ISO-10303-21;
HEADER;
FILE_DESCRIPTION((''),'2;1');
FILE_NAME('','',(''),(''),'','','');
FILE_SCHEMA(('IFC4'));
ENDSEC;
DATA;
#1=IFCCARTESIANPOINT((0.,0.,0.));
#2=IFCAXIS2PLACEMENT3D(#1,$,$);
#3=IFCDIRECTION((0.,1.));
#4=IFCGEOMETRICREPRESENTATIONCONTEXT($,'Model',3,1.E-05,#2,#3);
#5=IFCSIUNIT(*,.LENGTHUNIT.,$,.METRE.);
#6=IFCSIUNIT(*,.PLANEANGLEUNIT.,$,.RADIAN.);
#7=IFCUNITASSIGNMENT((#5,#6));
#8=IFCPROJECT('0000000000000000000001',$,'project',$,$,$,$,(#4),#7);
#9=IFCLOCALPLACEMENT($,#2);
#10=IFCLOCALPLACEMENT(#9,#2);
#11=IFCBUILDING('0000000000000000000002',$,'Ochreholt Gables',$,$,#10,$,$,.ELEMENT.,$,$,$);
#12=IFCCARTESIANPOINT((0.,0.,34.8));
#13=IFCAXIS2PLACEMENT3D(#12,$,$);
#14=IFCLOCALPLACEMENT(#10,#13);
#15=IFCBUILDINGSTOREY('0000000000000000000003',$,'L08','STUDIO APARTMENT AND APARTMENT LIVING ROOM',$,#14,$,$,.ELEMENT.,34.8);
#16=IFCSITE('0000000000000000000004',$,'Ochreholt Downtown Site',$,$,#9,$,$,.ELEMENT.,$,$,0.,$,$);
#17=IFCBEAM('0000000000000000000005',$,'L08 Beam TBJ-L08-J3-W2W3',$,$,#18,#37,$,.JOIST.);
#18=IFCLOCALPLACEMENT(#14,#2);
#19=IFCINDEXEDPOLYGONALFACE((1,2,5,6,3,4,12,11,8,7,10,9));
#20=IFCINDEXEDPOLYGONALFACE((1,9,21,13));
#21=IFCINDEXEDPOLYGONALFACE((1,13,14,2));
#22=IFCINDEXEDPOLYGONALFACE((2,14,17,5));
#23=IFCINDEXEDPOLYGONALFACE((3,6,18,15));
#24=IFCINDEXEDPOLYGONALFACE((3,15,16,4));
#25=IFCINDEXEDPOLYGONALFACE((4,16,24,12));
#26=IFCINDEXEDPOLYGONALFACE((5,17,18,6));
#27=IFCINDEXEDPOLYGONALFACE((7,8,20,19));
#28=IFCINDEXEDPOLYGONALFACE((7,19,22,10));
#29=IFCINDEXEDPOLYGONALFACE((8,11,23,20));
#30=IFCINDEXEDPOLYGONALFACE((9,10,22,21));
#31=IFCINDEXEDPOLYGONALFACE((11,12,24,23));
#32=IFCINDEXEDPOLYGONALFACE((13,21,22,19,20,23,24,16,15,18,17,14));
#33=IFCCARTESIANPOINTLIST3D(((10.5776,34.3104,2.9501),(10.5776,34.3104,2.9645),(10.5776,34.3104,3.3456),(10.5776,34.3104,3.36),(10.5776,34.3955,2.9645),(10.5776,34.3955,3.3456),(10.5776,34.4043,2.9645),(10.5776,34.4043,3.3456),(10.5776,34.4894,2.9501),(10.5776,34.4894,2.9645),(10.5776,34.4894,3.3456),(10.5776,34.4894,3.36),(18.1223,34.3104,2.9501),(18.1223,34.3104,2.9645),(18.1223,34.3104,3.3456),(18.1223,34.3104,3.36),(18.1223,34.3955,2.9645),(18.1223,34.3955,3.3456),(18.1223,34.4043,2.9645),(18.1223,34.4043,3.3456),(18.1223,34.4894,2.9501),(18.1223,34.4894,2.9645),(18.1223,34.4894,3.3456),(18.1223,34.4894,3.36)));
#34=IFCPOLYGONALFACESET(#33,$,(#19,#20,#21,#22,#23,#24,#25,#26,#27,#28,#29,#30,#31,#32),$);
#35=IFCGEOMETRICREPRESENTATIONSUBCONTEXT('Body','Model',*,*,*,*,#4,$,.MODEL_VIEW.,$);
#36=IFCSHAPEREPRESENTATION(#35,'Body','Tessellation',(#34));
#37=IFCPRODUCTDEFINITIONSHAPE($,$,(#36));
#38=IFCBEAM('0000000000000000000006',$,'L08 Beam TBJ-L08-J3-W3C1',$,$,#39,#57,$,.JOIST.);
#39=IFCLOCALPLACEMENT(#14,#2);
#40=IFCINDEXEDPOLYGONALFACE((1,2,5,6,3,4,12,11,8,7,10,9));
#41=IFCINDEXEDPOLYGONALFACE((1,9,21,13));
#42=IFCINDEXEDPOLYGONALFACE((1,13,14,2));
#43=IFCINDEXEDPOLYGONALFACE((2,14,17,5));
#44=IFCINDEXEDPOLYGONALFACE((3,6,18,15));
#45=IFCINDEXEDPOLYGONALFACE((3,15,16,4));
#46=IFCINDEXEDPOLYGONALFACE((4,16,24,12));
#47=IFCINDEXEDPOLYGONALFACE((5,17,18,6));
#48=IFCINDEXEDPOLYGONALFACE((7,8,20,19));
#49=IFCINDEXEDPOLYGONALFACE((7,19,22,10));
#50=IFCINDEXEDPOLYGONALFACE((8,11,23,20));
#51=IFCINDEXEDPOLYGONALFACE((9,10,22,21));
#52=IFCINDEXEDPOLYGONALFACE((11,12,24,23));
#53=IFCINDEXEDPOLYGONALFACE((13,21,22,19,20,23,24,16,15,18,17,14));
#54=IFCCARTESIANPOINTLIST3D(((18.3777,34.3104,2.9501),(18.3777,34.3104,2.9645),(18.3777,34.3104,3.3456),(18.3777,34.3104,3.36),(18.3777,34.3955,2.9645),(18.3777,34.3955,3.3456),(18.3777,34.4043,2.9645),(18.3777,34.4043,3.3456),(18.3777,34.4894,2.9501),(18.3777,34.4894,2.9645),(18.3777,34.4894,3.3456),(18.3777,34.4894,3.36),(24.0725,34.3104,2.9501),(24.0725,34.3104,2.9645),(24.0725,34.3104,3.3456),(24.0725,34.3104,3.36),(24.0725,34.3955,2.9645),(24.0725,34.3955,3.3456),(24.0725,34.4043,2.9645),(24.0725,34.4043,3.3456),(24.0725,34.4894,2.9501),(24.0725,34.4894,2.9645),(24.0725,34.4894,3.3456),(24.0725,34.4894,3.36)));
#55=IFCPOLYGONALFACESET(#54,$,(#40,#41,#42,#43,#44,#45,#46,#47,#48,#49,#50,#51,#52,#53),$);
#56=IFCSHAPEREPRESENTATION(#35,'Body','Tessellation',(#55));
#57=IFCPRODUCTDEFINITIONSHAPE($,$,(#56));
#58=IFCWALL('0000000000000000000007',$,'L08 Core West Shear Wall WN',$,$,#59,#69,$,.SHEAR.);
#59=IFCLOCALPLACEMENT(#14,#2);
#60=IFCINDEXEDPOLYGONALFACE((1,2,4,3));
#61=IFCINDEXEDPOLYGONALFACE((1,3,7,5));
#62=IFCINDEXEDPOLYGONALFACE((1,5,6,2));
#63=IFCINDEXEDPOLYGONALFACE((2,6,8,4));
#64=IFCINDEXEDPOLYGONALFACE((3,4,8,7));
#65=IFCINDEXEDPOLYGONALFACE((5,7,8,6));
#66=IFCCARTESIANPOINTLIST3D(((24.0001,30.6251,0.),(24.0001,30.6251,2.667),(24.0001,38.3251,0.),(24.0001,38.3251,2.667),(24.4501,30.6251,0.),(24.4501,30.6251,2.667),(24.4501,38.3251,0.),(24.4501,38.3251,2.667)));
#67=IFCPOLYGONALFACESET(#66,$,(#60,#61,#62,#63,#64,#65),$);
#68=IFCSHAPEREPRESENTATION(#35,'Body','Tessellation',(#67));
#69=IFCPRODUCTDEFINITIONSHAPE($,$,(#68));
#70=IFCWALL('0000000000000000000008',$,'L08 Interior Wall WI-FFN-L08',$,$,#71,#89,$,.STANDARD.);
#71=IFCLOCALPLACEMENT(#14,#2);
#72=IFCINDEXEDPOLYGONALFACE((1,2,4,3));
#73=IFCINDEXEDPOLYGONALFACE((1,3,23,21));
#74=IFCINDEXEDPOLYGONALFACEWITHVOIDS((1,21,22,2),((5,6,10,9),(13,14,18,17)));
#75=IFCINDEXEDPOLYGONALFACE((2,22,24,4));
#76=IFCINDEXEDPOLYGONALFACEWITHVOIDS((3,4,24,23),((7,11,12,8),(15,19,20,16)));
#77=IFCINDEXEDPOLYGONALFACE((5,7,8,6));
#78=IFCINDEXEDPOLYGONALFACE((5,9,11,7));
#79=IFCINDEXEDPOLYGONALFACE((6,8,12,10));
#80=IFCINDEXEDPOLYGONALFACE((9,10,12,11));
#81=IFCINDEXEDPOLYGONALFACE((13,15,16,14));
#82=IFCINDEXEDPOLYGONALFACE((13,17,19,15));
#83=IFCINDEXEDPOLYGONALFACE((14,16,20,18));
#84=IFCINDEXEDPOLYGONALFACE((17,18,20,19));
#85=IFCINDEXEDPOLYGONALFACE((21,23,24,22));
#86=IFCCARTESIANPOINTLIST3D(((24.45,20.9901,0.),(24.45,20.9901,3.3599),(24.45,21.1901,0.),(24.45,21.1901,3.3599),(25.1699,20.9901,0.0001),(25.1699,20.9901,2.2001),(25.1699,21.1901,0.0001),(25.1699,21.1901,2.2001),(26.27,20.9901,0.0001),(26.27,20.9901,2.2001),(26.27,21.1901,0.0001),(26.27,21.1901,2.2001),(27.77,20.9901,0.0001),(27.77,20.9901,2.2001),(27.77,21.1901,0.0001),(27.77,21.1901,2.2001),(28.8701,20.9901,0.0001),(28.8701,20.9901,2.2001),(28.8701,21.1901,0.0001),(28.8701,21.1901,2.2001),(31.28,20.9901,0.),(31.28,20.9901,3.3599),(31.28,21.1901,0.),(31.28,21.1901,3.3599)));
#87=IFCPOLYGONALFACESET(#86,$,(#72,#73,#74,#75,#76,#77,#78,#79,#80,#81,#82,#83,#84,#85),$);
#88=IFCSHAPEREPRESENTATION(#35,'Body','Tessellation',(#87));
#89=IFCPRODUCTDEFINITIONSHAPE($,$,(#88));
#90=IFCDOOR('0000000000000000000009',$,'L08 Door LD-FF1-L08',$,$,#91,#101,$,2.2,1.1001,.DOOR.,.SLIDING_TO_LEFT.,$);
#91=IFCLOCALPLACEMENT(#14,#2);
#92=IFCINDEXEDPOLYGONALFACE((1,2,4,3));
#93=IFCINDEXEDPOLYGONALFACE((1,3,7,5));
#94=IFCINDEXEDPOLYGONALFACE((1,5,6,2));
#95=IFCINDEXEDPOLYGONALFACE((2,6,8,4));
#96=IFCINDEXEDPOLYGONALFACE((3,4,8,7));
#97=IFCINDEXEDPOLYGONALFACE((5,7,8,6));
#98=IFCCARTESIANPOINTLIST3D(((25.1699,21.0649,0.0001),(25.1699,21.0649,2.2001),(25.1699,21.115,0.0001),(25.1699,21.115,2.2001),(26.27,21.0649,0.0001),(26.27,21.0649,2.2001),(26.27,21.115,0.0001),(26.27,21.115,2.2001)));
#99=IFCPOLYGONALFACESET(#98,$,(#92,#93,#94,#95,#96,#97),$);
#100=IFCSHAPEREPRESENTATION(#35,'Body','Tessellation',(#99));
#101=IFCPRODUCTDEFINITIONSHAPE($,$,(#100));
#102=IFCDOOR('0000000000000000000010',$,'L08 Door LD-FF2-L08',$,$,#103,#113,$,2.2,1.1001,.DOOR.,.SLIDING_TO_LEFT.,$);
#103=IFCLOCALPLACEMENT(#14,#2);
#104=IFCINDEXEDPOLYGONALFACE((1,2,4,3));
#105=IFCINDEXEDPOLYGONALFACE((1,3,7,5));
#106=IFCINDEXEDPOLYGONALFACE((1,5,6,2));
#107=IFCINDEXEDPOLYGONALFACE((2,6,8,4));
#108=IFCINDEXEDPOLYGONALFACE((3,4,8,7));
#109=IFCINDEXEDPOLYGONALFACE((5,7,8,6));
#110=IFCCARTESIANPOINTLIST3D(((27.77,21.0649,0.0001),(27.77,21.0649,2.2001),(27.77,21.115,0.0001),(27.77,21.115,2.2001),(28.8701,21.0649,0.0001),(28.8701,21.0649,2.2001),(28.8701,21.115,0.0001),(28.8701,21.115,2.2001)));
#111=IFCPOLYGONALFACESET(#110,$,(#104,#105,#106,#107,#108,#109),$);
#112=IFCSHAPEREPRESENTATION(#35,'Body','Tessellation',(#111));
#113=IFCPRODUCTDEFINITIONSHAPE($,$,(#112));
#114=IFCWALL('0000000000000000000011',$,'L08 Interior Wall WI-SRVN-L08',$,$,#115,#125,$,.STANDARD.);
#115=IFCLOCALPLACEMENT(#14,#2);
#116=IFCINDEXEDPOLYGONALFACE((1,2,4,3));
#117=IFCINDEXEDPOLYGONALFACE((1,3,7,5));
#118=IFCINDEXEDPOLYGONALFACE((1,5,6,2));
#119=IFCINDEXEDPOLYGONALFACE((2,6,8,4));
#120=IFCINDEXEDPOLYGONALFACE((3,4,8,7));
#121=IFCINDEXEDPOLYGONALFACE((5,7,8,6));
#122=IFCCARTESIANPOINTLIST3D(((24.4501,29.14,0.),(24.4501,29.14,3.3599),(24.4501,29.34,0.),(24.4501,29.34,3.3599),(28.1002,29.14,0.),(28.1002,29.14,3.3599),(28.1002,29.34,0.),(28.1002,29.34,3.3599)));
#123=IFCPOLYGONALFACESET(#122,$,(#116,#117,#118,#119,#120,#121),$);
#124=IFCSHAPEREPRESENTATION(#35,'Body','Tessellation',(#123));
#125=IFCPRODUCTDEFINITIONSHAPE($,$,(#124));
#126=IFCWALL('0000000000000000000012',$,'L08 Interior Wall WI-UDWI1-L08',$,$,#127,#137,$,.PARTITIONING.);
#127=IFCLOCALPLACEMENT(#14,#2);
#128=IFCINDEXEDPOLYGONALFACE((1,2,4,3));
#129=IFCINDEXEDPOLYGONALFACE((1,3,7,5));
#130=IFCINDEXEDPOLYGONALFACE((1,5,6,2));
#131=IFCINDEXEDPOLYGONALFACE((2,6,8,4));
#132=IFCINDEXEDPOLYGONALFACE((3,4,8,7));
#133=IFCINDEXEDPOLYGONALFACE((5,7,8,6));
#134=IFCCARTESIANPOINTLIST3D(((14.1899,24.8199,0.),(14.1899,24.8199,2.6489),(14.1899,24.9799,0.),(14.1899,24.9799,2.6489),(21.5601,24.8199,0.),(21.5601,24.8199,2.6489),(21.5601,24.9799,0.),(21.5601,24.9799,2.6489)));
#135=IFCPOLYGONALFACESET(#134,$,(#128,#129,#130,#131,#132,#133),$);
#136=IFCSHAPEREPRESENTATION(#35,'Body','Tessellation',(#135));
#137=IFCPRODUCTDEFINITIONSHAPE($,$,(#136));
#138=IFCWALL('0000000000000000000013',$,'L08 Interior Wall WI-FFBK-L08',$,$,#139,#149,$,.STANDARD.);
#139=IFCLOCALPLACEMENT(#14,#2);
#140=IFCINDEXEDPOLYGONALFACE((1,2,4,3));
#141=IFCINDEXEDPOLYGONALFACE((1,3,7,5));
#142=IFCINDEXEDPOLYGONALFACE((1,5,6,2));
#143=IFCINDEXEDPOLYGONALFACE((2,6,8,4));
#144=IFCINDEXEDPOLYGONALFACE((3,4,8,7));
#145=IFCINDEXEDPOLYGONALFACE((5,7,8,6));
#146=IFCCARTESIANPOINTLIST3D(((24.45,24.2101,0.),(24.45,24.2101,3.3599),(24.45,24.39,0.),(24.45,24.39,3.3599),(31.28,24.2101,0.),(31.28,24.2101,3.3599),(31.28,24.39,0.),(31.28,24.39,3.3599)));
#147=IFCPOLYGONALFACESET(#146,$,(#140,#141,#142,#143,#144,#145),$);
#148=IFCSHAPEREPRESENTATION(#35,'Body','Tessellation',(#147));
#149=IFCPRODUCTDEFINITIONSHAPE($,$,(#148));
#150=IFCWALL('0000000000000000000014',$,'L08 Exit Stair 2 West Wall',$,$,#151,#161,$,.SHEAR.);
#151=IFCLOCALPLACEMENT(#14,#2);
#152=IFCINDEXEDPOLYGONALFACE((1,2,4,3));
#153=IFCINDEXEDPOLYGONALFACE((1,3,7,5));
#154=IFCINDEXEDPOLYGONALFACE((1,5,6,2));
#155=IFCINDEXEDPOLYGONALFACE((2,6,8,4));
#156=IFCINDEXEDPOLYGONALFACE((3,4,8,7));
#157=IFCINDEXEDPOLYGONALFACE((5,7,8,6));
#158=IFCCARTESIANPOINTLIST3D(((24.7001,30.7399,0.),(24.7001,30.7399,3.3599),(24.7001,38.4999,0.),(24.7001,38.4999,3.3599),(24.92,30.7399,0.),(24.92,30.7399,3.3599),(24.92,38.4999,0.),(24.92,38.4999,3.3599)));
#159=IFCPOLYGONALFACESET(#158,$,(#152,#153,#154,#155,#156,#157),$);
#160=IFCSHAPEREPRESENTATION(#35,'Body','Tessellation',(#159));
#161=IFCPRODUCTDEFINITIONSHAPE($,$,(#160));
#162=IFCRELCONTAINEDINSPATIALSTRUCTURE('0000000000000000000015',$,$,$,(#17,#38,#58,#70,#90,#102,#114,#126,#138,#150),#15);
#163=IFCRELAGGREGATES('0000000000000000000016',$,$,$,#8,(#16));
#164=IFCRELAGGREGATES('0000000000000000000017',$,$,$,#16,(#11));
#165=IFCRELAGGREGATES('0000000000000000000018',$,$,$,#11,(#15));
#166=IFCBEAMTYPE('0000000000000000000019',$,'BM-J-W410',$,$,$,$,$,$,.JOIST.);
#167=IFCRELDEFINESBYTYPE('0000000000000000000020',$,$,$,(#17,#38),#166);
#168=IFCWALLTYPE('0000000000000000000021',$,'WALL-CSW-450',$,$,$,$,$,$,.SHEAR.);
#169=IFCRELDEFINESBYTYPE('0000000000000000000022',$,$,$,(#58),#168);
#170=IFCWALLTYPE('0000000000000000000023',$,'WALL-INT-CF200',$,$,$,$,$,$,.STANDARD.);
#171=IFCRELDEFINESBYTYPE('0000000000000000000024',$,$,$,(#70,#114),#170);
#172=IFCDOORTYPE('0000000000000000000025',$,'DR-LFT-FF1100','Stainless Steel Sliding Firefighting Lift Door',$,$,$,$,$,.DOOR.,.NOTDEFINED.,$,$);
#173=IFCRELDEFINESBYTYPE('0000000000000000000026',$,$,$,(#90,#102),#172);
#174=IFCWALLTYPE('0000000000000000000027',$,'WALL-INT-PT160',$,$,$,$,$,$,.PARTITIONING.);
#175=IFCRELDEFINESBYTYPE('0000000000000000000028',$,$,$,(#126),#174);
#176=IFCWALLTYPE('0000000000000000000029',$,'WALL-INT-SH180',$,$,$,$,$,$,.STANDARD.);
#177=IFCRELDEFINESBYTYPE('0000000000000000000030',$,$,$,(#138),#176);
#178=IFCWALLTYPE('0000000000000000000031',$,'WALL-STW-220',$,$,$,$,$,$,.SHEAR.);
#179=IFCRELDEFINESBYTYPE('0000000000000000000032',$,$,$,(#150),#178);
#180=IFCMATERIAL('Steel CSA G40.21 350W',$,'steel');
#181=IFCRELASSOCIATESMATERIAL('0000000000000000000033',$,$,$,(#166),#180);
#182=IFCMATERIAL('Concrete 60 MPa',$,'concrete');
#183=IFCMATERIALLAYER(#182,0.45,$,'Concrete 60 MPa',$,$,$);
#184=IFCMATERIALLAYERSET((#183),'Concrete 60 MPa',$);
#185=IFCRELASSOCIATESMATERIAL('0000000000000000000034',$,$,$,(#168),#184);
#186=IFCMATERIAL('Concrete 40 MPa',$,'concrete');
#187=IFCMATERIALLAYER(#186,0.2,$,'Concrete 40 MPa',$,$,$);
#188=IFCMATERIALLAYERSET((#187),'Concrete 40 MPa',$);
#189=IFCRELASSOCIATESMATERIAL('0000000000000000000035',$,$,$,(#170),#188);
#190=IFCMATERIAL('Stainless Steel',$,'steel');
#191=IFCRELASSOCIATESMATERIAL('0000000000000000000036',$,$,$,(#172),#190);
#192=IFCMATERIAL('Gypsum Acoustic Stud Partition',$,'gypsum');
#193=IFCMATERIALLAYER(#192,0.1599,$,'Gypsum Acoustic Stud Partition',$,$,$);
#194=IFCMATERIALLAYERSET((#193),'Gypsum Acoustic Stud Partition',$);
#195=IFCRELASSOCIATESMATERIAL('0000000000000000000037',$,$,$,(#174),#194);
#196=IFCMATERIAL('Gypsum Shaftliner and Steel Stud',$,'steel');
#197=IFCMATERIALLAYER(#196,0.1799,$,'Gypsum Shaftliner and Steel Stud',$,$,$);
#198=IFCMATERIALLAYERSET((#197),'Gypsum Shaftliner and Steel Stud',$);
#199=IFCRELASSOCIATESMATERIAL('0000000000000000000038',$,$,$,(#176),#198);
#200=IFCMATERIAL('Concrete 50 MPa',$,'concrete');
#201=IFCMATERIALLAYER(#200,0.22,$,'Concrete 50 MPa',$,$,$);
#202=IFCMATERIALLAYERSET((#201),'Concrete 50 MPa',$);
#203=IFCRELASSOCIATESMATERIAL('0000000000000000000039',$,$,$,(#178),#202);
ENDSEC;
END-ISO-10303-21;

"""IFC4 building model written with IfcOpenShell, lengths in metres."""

from ifc_helpers import new_model, si_unit, direction, frame, frame_2d, origin, origin_2d, place, context, subcontext, project, spatial, rectangle, i_section, extrude, material, layer, layer_set, material_profile, profile_set, type_object, element, fill, save


model = new_model("IFC4")

# Units and contexts
model_context = context("Model", 3, precision=1e-05, world=origin(), true_north=direction((0.0, 1.0)))
body_context = subcontext(model_context, "Body", "Model", "MODEL_VIEW")
ifc_project = project(units=[si_unit("LENGTHUNIT", "METRE"), si_unit("PLANEANGLEUNIT", "RADIAN")], contexts=[model_context])

# Site, building, storey
site_placement = place(None, origin())
site = spatial("IfcSite", under=ifc_project, at=site_placement, Name="Ochreholt Downtown Site", CompositionType="ELEMENT", RefElevation=0.0)
building_placement = place(site_placement, origin())
building = spatial("IfcBuilding", under=site, at=building_placement, Name="Ochreholt Gables", CompositionType="ELEMENT")
storey_placement = place(building_placement, frame((0.0, 0.0, 34.8)))
storey = spatial("IfcBuildingStorey", under=building, at=storey_placement, Name="L08", Description="STUDIO APARTMENT AND APARTMENT LIVING ROOM", CompositionType="ELEMENT", Elevation=34.8)

# Shared definitions
ifc_material_1 = material(Name="Concrete 60 MPa", Category="concrete")

# Beams
ifc_material_2 = material(Name="Steel CSA G40.21 350W", Category="steel")
ifc_material_profile_1 = material_profile(ifc_material_2, i_section(OverallWidth=0.179, OverallDepth=0.4099, WebThickness=0.0088, FlangeThickness=0.0144, at=origin_2d()), Name="W410X67")
ifc_profile_set_1 = profile_set([ifc_material_profile_1], Name="Steel CSA G40.21 350W")
beam_type_1 = type_object("IfcBeamType", Name="BM-J-W410", PredefinedType="JOIST", material=ifc_profile_set_1)
beam_1_placement = place(storey_placement, frame((10.5776, 34.3999, 3.155), z_axis=(1.0, 0.0, 0.0), x_axis=(0.0, 1.0, 0.0)))
element("IfcBeam", 1, at=beam_1_placement, inside=storey, type_object=beam_type_1, Name="L08 Beam TBJ-L08-J3-W2W3", PredefinedType="JOIST", context=body_context, shape_type="SweptSolid", body=[
    extrude(i_section(OverallWidth=0.179, OverallDepth=0.4099, WebThickness=0.0088, FlangeThickness=0.0144, at=origin_2d()), origin(), (0.0, 0.0, 1.0), 7.5447),
])
beam_2_placement = place(storey_placement, frame((18.3777, 34.3999, 3.155), z_axis=(1.0, 0.0, 0.0), x_axis=(0.0, 1.0, 0.0)))
element("IfcBeam", 2, at=beam_2_placement, inside=storey, type_object=beam_type_1, Name="L08 Beam TBJ-L08-J3-W3C1", PredefinedType="JOIST", context=body_context, shape_type="SweptSolid", body=[
    extrude(i_section(OverallWidth=0.179, OverallDepth=0.4099, WebThickness=0.0088, FlangeThickness=0.0144, at=origin_2d()), origin(), (0.0, 0.0, 1.0), 5.6948),
])

# Wall
ifc_layer_1 = layer(ifc_material_1, 0.45, Name="Concrete 60 MPa")
ifc_layer_set_1 = layer_set([ifc_layer_1], Name="Concrete 60 MPa")
wall_type_1 = type_object("IfcWallType", Name="WALL-CSW-450", PredefinedType="SHEAR", material=ifc_layer_set_1)
wall_1_placement = place(storey_placement, frame((24.2251, 30.625, 0.0), z_axis=(0.0, 0.0, 1.0), x_axis=(0.0, 1.0, 0.0)))
element("IfcWall", 3, at=wall_1_placement, inside=storey, type_object=wall_type_1, Name="L08 Core West Shear Wall WN", PredefinedType="SHEAR", context=body_context, shape_type="SweptSolid", body=[
    extrude(rectangle(XDim=7.7, YDim=0.45, at=frame_2d((3.8501, 0.0))), origin(), (0.0, 0.0, 1.0), 2.667),
])

# Wall, openings, doors
ifc_material_3 = material(Name="Concrete 40 MPa", Category="concrete")
ifc_layer_2 = layer(ifc_material_3, 0.2, Name="Concrete 40 MPa")
ifc_layer_set_2 = layer_set([ifc_layer_2], Name="Concrete 40 MPa")
wall_type_2 = type_object("IfcWallType", Name="WALL-INT-CF200", PredefinedType="STANDARD", material=ifc_layer_set_2)
wall_2_placement = place(storey_placement, frame((24.45, 21.0901, 0.0), z_axis=(0.0, 0.0, 1.0), x_axis=(1.0, 0.0, 0.0)))
wall_2 = element("IfcWall", 4, at=wall_2_placement, inside=storey, type_object=wall_type_2, Name="L08 Interior Wall WI-FFN-L08", PredefinedType="STANDARD", context=body_context, shape_type="SweptSolid", body=[
    extrude(rectangle(XDim=6.8301, YDim=0.2, at=frame_2d((3.415, 0.0))), origin(), (0.0, 0.0, 1.0), 3.3599),
])
opening_1_placement = place(wall_2_placement, frame((0.72, 0.0, 0.0)))
opening_1 = element("IfcOpeningElement", 5, at=opening_1_placement, cuts=wall_2, PredefinedType="OPENING", context=body_context, shape_type="SweptSolid", body=[
    extrude(rectangle(XDim=1.1001, YDim=2.2, at=frame_2d((0.55, 1.1001))), frame((0.0, 0.1099, 0.0), z_axis=(0.0, -1.0, 0.0), x_axis=(1.0, 0.0, 0.0)), (0.0, 0.0, 1.0), 0.22),
])
opening_2_placement = place(wall_2_placement, frame((3.3201, 0.0, 0.0)))
opening_2 = element("IfcOpeningElement", 6, at=opening_2_placement, cuts=wall_2, PredefinedType="OPENING", context=body_context, shape_type="SweptSolid", body=[
    extrude(rectangle(XDim=1.1001, YDim=2.2, at=frame_2d((0.55, 1.1001))), frame((0.0, 0.1099, 0.0), z_axis=(0.0, -1.0, 0.0), x_axis=(1.0, 0.0, 0.0)), (0.0, 0.0, 1.0), 0.22),
])
ifc_material_4 = material(Name="Stainless Steel", Category="steel")
door_type_1 = type_object("IfcDoorType", Name="DR-LFT-FF1100", Description="Stainless Steel Sliding Firefighting Lift Door", OperationType="NOTDEFINED", PredefinedType="DOOR", material=ifc_material_4)
door_1_placement = place(opening_1_placement, origin())
door_1 = element("IfcDoor", 7, at=door_1_placement, inside=storey, type_object=door_type_1, Name="L08 Door LD-FF1-L08", OperationType="SLIDING_TO_LEFT", OverallHeight=2.2, OverallWidth=1.1001, PredefinedType="DOOR", context=body_context, shape_type="SweptSolid", body=[
    extrude(rectangle(XDim=1.1001, YDim=2.2, at=frame_2d((0.55, 1.1001))), frame((0.0, 0.0249, 0.0), z_axis=(0.0, -1.0, 0.0), x_axis=(1.0, 0.0, 0.0)), (0.0, 0.0, 1.0), 0.05),
])
fill(opening_1, door_1)
door_2_placement = place(opening_2_placement, origin())
door_2 = element("IfcDoor", 8, at=door_2_placement, inside=storey, type_object=door_type_1, Name="L08 Door LD-FF2-L08", OperationType="SLIDING_TO_LEFT", OverallHeight=2.2, OverallWidth=1.1001, PredefinedType="DOOR", context=body_context, shape_type="SweptSolid", body=[
    extrude(rectangle(XDim=1.1001, YDim=2.2, at=frame_2d((0.55, 1.1001))), frame((0.0, 0.0249, 0.0), z_axis=(0.0, -1.0, 0.0), x_axis=(1.0, 0.0, 0.0)), (0.0, 0.0, 1.0), 0.05),
])
fill(opening_2, door_2)

# Walls
wall_3_placement = place(storey_placement, frame((24.45, 29.24, 0.0), z_axis=(0.0, 0.0, 1.0), x_axis=(1.0, 0.0, 0.0)))
element("IfcWall", 9, at=wall_3_placement, inside=storey, type_object=wall_type_2, Name="L08 Interior Wall WI-SRVN-L08", PredefinedType="STANDARD", context=body_context, shape_type="SweptSolid", body=[
    extrude(rectangle(XDim=3.6501, YDim=0.2, at=frame_2d((1.8252, 0.0))), origin(), (0.0, 0.0, 1.0), 3.3599),
])
ifc_material_5 = material(Name="Gypsum Acoustic Stud Partition", Category="gypsum")
ifc_layer_3 = layer(ifc_material_5, 0.1599, Name="Gypsum Acoustic Stud Partition")
ifc_layer_set_3 = layer_set([ifc_layer_3], Name="Gypsum Acoustic Stud Partition")
wall_type_3 = type_object("IfcWallType", Name="WALL-INT-PT160", PredefinedType="PARTITIONING", material=ifc_layer_set_3)
wall_4_placement = place(storey_placement, frame((14.1899, 24.8999, 0.0), z_axis=(0.0, 0.0, 1.0), x_axis=(1.0, 0.0, 0.0)))
element("IfcWall", 10, at=wall_4_placement, inside=storey, type_object=wall_type_3, Name="L08 Interior Wall WI-UDWI1-L08", PredefinedType="PARTITIONING", context=body_context, shape_type="SweptSolid", body=[
    extrude(rectangle(XDim=7.3701, YDim=0.1599, at=frame_2d((3.6851, 0.0))), origin(), (0.0, 0.0, 1.0), 2.6489),
])
ifc_material_6 = material(Name="Gypsum Shaftliner and Steel Stud", Category="steel")
ifc_layer_4 = layer(ifc_material_6, 0.1799, Name="Gypsum Shaftliner and Steel Stud")
ifc_layer_set_4 = layer_set([ifc_layer_4], Name="Gypsum Shaftliner and Steel Stud")
wall_type_4 = type_object("IfcWallType", Name="WALL-INT-SH180", PredefinedType="STANDARD", material=ifc_layer_set_4)
wall_5_placement = place(storey_placement, frame((24.45, 24.3, 0.0), z_axis=(0.0, 0.0, 1.0), x_axis=(1.0, 0.0, 0.0)))
element("IfcWall", 11, at=wall_5_placement, inside=storey, type_object=wall_type_4, Name="L08 Interior Wall WI-FFBK-L08", PredefinedType="STANDARD", context=body_context, shape_type="SweptSolid", body=[
    extrude(rectangle(XDim=6.8301, YDim=0.1799, at=frame_2d((3.415, 0.0))), origin(), (0.0, 0.0, 1.0), 3.3599),
])
ifc_material_7 = material(Name="Concrete 50 MPa", Category="concrete")
ifc_layer_5 = layer(ifc_material_7, 0.22, Name="Concrete 50 MPa")
ifc_layer_set_5 = layer_set([ifc_layer_5], Name="Concrete 50 MPa")
wall_type_5 = type_object("IfcWallType", Name="WALL-STW-220", PredefinedType="SHEAR", material=ifc_layer_set_5)
wall_6_placement = place(storey_placement, frame((24.8101, 30.74, 0.0), z_axis=(0.0, 0.0, 1.0), x_axis=(0.0, 1.0, 0.0)))
element("IfcWall", 12, at=wall_6_placement, inside=storey, type_object=wall_type_5, Name="L08 Exit Stair 2 West Wall", PredefinedType="SHEAR", context=body_context, shape_type="SweptSolid", body=[
    extrude(rectangle(XDim=7.76, YDim=0.22, at=frame_2d((3.8799, 0.0))), origin(), (0.0, 0.0, 1.0), 3.3599),
])

save(model, "model.ifc")
